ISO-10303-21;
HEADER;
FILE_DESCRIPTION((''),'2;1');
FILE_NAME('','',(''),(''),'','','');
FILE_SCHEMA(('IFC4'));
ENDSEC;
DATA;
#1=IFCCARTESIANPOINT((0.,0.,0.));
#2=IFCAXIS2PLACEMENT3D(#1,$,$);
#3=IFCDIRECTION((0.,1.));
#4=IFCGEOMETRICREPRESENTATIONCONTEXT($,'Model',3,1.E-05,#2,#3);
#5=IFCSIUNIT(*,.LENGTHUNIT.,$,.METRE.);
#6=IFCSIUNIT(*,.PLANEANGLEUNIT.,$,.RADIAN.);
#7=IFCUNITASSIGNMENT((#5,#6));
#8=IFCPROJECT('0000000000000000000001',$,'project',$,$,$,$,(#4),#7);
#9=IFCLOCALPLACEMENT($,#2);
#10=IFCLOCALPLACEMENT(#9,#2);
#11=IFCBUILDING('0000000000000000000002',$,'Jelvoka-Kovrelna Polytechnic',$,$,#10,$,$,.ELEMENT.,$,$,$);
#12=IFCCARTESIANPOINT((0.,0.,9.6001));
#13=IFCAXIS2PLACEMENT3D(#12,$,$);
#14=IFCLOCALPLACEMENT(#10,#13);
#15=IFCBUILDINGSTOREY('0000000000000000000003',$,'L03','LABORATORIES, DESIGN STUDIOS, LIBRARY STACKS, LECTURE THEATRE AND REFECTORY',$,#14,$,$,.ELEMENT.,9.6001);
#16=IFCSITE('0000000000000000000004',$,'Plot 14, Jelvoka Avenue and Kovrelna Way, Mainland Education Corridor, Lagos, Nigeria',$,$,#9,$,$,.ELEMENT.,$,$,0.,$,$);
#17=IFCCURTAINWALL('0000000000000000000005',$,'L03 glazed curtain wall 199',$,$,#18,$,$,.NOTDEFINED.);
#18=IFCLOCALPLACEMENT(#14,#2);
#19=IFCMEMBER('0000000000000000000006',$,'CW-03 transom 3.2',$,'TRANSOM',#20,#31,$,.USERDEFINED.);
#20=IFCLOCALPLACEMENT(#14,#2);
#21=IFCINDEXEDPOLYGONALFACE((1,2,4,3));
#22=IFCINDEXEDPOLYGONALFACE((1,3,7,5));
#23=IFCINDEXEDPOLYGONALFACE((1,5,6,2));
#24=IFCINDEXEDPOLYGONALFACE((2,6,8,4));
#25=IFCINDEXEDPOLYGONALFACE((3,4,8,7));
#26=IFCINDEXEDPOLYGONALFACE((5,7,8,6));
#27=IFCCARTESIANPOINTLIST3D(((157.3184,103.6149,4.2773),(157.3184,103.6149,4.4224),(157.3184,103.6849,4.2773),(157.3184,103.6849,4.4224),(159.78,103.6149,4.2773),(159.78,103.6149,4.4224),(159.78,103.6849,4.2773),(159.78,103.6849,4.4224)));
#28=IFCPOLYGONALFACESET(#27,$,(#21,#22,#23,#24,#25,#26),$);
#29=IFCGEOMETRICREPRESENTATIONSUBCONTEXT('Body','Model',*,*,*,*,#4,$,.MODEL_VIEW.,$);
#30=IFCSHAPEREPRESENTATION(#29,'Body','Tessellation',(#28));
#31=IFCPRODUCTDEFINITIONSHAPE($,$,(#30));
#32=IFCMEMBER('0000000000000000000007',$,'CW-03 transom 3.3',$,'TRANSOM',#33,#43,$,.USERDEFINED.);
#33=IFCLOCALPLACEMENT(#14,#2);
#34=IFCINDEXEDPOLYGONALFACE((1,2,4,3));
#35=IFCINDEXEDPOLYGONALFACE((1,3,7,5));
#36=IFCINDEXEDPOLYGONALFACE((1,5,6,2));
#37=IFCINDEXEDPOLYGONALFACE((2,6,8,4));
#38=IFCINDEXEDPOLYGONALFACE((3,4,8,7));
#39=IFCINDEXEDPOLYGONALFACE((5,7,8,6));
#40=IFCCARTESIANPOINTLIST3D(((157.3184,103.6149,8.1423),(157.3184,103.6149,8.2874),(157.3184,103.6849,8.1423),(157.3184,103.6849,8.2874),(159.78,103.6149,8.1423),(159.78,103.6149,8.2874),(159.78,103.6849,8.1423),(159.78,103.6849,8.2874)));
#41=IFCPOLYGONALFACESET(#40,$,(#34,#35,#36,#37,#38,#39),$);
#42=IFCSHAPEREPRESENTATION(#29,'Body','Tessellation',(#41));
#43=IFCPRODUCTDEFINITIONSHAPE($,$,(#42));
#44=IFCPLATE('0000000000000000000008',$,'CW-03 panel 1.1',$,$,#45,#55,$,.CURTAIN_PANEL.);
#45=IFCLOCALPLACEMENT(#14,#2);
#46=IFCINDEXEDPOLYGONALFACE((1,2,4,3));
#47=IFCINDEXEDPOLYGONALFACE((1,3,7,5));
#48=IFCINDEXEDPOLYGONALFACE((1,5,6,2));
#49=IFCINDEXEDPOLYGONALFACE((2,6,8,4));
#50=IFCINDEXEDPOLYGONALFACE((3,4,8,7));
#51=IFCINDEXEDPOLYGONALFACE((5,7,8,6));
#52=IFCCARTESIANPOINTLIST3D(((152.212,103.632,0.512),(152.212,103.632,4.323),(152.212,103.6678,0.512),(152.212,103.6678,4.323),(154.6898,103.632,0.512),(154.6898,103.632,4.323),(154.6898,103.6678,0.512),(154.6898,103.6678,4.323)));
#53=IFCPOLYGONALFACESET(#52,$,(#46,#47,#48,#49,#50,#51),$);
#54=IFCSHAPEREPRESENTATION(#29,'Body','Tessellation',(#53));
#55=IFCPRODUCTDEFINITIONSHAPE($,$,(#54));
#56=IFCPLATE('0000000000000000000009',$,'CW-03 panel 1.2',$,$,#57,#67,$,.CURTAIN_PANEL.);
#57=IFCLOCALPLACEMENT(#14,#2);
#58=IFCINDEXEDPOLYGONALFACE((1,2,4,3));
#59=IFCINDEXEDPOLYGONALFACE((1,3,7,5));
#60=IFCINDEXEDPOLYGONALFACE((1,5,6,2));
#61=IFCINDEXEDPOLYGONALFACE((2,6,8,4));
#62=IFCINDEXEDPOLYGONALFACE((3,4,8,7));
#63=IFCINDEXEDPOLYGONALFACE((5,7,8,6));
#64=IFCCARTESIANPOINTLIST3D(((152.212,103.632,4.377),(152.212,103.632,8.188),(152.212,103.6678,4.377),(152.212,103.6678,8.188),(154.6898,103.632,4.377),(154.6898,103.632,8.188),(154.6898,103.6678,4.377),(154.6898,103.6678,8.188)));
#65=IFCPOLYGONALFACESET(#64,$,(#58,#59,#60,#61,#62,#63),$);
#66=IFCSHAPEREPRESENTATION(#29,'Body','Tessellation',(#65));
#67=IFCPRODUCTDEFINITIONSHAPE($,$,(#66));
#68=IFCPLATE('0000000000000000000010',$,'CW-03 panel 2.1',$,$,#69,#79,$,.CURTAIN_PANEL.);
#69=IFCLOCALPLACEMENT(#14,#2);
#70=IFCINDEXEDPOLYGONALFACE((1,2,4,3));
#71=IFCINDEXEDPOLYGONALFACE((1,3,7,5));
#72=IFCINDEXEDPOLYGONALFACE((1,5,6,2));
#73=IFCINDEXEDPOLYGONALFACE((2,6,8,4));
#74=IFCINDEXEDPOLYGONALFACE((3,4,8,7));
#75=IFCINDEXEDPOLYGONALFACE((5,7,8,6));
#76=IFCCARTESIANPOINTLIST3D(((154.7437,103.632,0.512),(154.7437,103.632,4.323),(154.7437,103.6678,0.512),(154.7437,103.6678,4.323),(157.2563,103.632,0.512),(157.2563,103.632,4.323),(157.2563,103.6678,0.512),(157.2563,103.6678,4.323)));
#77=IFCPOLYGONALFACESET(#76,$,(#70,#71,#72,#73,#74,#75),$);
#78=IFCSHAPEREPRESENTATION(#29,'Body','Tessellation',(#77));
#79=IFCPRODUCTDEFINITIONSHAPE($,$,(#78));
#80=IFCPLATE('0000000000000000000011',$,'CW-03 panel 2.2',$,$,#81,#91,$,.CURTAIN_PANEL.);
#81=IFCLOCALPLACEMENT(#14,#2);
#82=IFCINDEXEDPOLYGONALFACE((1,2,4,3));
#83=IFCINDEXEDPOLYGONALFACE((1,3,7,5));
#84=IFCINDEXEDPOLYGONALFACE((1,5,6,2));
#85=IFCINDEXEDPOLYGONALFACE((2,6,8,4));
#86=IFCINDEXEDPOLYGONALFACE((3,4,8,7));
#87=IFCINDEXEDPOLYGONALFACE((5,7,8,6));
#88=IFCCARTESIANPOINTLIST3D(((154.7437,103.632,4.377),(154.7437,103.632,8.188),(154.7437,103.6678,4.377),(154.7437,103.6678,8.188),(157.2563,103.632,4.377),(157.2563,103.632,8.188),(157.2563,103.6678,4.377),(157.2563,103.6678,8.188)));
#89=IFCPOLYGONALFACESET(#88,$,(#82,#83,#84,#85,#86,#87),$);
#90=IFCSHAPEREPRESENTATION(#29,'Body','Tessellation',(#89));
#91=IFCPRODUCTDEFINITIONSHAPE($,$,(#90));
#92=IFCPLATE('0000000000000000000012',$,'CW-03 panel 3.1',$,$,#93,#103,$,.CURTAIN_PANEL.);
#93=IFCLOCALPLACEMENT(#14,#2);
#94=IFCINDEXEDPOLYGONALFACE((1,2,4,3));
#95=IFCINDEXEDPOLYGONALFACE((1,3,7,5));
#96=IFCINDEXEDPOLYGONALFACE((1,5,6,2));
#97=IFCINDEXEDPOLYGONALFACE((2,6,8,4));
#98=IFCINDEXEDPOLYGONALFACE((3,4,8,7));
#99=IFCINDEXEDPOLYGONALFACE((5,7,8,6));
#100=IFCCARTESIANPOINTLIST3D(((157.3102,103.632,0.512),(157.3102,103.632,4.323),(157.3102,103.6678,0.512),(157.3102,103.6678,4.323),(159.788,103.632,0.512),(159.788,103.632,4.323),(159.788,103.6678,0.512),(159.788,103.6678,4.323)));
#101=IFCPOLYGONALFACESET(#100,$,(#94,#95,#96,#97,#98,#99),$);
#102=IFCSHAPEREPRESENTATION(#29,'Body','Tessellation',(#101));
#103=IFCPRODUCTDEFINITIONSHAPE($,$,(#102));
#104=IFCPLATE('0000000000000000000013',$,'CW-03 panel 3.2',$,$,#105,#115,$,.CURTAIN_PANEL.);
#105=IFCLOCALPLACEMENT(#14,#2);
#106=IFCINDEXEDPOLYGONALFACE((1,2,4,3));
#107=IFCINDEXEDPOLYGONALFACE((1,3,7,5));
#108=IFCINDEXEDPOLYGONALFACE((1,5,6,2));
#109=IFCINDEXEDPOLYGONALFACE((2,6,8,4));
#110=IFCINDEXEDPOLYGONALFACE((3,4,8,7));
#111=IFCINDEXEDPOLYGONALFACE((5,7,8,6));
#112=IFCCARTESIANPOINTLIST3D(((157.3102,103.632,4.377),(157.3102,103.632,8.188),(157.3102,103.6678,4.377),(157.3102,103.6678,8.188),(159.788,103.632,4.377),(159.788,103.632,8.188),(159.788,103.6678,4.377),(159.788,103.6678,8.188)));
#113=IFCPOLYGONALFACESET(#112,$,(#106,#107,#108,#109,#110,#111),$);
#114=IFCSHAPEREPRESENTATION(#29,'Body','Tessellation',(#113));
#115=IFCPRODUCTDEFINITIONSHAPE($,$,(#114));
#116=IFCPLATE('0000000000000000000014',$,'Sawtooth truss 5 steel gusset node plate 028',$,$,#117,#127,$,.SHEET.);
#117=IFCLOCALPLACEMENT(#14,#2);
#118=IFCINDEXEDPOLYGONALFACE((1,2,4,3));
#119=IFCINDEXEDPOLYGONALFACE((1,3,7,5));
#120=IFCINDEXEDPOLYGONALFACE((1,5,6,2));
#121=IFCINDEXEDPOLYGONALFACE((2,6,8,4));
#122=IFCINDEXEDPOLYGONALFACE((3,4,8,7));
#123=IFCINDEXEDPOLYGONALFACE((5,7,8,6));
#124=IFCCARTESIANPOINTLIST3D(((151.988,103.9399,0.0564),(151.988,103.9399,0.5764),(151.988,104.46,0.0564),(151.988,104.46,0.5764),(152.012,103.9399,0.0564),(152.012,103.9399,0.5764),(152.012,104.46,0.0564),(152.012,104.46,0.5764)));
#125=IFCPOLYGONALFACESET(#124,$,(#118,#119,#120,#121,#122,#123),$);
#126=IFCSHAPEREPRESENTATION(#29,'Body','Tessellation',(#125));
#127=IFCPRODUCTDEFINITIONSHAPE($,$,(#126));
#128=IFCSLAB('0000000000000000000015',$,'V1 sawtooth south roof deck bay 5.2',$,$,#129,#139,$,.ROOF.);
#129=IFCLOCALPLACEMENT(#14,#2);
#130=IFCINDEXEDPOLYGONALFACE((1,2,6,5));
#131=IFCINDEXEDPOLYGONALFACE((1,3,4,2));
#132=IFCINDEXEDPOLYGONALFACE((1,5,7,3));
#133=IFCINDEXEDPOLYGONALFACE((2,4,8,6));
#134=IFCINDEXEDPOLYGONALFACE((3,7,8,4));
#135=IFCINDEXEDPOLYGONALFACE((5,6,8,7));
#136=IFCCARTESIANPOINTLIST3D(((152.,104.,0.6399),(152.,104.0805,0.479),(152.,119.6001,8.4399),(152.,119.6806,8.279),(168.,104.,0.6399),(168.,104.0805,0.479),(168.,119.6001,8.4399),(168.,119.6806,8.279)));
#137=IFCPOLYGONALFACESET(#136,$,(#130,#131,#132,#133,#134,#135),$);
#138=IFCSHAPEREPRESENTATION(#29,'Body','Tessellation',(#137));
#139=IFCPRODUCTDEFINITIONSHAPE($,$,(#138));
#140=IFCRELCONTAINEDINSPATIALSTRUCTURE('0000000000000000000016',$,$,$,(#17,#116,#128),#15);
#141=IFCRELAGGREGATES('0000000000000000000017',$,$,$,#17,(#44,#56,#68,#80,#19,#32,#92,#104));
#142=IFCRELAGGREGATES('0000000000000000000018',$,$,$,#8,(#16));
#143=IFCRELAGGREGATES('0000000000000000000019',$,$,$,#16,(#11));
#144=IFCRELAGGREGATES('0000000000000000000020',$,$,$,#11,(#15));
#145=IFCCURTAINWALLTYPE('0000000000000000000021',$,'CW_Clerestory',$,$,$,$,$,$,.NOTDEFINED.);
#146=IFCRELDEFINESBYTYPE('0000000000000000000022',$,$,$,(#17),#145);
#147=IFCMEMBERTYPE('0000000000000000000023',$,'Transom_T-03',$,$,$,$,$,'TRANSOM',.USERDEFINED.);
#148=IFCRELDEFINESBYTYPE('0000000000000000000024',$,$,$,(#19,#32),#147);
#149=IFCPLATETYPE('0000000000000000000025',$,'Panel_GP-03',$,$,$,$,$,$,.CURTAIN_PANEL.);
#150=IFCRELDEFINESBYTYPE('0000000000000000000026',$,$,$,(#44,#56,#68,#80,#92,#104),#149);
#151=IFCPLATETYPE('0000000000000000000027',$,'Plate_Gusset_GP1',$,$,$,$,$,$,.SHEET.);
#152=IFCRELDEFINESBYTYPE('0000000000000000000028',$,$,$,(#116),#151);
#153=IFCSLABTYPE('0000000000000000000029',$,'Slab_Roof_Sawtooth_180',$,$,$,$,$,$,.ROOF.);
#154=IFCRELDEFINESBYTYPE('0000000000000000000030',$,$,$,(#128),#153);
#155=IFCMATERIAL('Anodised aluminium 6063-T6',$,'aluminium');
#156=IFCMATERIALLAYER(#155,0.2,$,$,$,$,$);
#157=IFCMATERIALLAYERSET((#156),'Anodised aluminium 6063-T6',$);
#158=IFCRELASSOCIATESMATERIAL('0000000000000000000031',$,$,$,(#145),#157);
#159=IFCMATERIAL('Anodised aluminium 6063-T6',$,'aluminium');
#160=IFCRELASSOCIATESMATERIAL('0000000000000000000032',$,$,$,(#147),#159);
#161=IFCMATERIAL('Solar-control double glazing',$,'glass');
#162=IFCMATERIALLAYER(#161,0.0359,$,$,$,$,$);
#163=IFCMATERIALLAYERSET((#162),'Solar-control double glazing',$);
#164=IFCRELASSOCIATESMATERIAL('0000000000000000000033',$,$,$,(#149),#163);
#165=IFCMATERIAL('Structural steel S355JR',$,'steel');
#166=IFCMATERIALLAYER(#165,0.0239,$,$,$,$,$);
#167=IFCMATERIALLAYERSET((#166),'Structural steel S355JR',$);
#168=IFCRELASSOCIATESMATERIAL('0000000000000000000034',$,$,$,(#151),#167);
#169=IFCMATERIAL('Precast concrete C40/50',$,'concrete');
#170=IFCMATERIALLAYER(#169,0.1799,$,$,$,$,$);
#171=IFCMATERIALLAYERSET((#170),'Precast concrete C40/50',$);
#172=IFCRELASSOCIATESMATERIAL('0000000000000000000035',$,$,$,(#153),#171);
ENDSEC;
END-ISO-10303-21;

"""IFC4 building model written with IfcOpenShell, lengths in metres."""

from ifc_helpers import new_model, si_unit, direction, frame, origin, origin_2d, place, context, subcontext, project, spatial, polyline, rectangle, outline, extrude, material, layer, layer_set, material_profile, profile_set, type_object, element, aggregate, save


model = new_model("IFC4")

# Units and contexts
model_context = context("Model", 3, precision=1e-05, world=origin(), true_north=direction((0.0, 1.0)))
body_context = subcontext(model_context, "Body", "Model", "MODEL_VIEW")
ifc_project = project(units=[si_unit("LENGTHUNIT", "METRE"), si_unit("PLANEANGLEUNIT", "RADIAN")], contexts=[model_context])

# Site, building, storey
site_placement = place(None, origin())
site = spatial("IfcSite", under=ifc_project, at=site_placement, Name="Plot 14, Jelvoka Avenue and Kovrelna Way, Mainland Education Corridor, Lagos, Nigeria", CompositionType="ELEMENT", RefElevation=0.0)
building_placement = place(site_placement, origin())
building = spatial("IfcBuilding", under=site, at=building_placement, Name="Jelvoka-Kovrelna Polytechnic", CompositionType="ELEMENT")
storey_placement = place(building_placement, frame((0.0, 0.0, 9.6001)))
storey = spatial("IfcBuildingStorey", under=building, at=storey_placement, Name="L03", Description="LABORATORIES, DESIGN STUDIOS, LIBRARY STACKS, LECTURE THEATRE AND REFECTORY", CompositionType="ELEMENT", Elevation=9.6001)

# Shared definitions
ifc_material_1 = material(Name="Anodised aluminium 6063-T6", Category="aluminium")
ifc_layer_1 = layer(ifc_material_1, 0.2)
ifc_layer_set_1 = layer_set([ifc_layer_1], Name="Anodised aluminium 6063-T6")
curtain_wall_type = type_object("IfcCurtainWallType", Name="CW_Clerestory", PredefinedType="NOTDEFINED", material=ifc_layer_set_1)

# Curtain wall
curtain_wall_1_placement = place(storey_placement, origin())
curtain_wall_1 = element("IfcCurtainWall", 1, at=curtain_wall_1_placement, inside=storey, type_object=curtain_wall_type, Name="L03 glazed curtain wall 199", PredefinedType="NOTDEFINED")

# Members
ifc_material_2 = material(Name="Anodised aluminium 6063-T6", Category="aluminium")
ifc_material_profile_1 = material_profile(ifc_material_2, rectangle(XDim=0.0701, YDim=0.145, at=origin_2d()), Name="ALU 70x145")
ifc_profile_set_1 = profile_set([ifc_material_profile_1], Name="Anodised aluminium 6063-T6")
member_type_1 = type_object("IfcMemberType", Name="Transom_T-03", ElementType="TRANSOM", PredefinedType="USERDEFINED", material=ifc_profile_set_1)
member_1_placement = place(storey_placement, frame((157.3184, 103.6499, 4.3499), z_axis=(1.0, 0.0, 0.0), x_axis=(0.0, 1.0, 0.0)))
member_1 = element("IfcMember", 2, at=member_1_placement, type_object=member_type_1, Name="CW-03 transom 3.2", ObjectType="TRANSOM", PredefinedType="USERDEFINED", context=body_context, shape_type="SweptSolid", body=[
    extrude(rectangle(XDim=0.0701, YDim=0.145, at=origin_2d()), origin(), (0.0, 0.0, 1.0), 2.4617),
])
member_2_placement = place(storey_placement, frame((157.3184, 103.6499, 8.2148), z_axis=(1.0, 0.0, 0.0), x_axis=(0.0, 1.0, 0.0)))
member_2 = element("IfcMember", 3, at=member_2_placement, type_object=member_type_1, Name="CW-03 transom 3.3", ObjectType="TRANSOM", PredefinedType="USERDEFINED", context=body_context, shape_type="SweptSolid", body=[
    extrude(rectangle(XDim=0.0701, YDim=0.145, at=origin_2d()), origin(), (0.0, 0.0, 1.0), 2.4617),
])

# Plates
ifc_material_3 = material(Name="Solar-control double glazing", Category="glass")
ifc_layer_2 = layer(ifc_material_3, 0.0359)
ifc_layer_set_2 = layer_set([ifc_layer_2], Name="Solar-control double glazing")
plate_type_1 = type_object("IfcPlateType", Name="Panel_GP-03", PredefinedType="CURTAIN_PANEL", material=ifc_layer_set_2)
plate_1_placement = place(storey_placement, frame((153.4509, 103.6499, 0.512), z_axis=(0.0, 0.0, 1.0), x_axis=(1.0, 0.0, 0.0)))
plate_1 = element("IfcPlate", 4, at=plate_1_placement, type_object=plate_type_1, Name="CW-03 panel 1.1", PredefinedType="CURTAIN_PANEL", context=body_context, shape_type="SweptSolid", body=[
    extrude(rectangle(XDim=2.4778, YDim=0.0359, at=origin_2d()), origin(), (0.0, 0.0, 1.0), 3.811),
])
plate_2_placement = place(storey_placement, frame((153.4509, 103.6499, 4.377), z_axis=(0.0, 0.0, 1.0), x_axis=(1.0, 0.0, 0.0)))
plate_2 = element("IfcPlate", 5, at=plate_2_placement, type_object=plate_type_1, Name="CW-03 panel 1.2", PredefinedType="CURTAIN_PANEL", context=body_context, shape_type="SweptSolid", body=[
    extrude(rectangle(XDim=2.4778, YDim=0.0359, at=origin_2d()), origin(), (0.0, 0.0, 1.0), 3.811),
])
plate_3_placement = place(storey_placement, frame((156.0, 103.6499, 0.512), z_axis=(0.0, 0.0, 1.0), x_axis=(1.0, 0.0, 0.0)))
plate_3 = element("IfcPlate", 6, at=plate_3_placement, type_object=plate_type_1, Name="CW-03 panel 2.1", PredefinedType="CURTAIN_PANEL", context=body_context, shape_type="SweptSolid", body=[
    extrude(rectangle(XDim=2.5127, YDim=0.0359, at=origin_2d()), origin(), (0.0, 0.0, 1.0), 3.811),
])
plate_4_placement = place(storey_placement, frame((156.0, 103.6499, 4.377), z_axis=(0.0, 0.0, 1.0), x_axis=(1.0, 0.0, 0.0)))
plate_4 = element("IfcPlate", 7, at=plate_4_placement, type_object=plate_type_1, Name="CW-03 panel 2.2", PredefinedType="CURTAIN_PANEL", context=body_context, shape_type="SweptSolid", body=[
    extrude(rectangle(XDim=2.5127, YDim=0.0359, at=origin_2d()), origin(), (0.0, 0.0, 1.0), 3.811),
])
plate_5_placement = place(storey_placement, frame((158.5491, 103.6499, 0.512), z_axis=(0.0, 0.0, 1.0), x_axis=(1.0, 0.0, 0.0)))
plate_5 = element("IfcPlate", 8, at=plate_5_placement, type_object=plate_type_1, Name="CW-03 panel 3.1", PredefinedType="CURTAIN_PANEL", context=body_context, shape_type="SweptSolid", body=[
    extrude(rectangle(XDim=2.4778, YDim=0.0359, at=origin_2d()), origin(), (0.0, 0.0, 1.0), 3.811),
])
plate_6_placement = place(storey_placement, frame((158.5491, 103.6499, 4.377), z_axis=(0.0, 0.0, 1.0), x_axis=(1.0, 0.0, 0.0)))
plate_6 = element("IfcPlate", 9, at=plate_6_placement, type_object=plate_type_1, Name="CW-03 panel 3.2", PredefinedType="CURTAIN_PANEL", context=body_context, shape_type="SweptSolid", body=[
    extrude(rectangle(XDim=2.4778, YDim=0.0359, at=origin_2d()), origin(), (0.0, 0.0, 1.0), 3.811),
])
aggregate(curtain_wall_1, [plate_1, plate_2, plate_3, plate_4, member_1, member_2, plate_5, plate_6])
ifc_material_4 = material(Name="Structural steel S355JR", Category="steel")
ifc_layer_3 = layer(ifc_material_4, 0.0239)
ifc_layer_set_3 = layer_set([ifc_layer_3], Name="Structural steel S355JR")
plate_type_2 = type_object("IfcPlateType", Name="Plate_Gusset_GP1", PredefinedType="SHEET", material=ifc_layer_set_3)
plate_7_placement = place(storey_placement, frame((152.0, 104.2, 0.0564), z_axis=(0.0, 0.0, 1.0), x_axis=(0.0, 1.0, 0.0)))
element("IfcPlate", 10, at=plate_7_placement, inside=storey, type_object=plate_type_2, Name="Sawtooth truss 5 steel gusset node plate 028", PredefinedType="SHEET", context=body_context, shape_type="SweptSolid", body=[
    extrude(rectangle(XDim=0.52, YDim=0.0239, at=origin_2d()), origin(), (0.0, 0.0, 1.0), 0.52),
])

# Slab
ifc_material_5 = material(Name="Precast concrete C40/50", Category="concrete")
ifc_layer_4 = layer(ifc_material_5, 0.1799)
ifc_layer_set_4 = layer_set([ifc_layer_4], Name="Precast concrete C40/50")
slab_type = type_object("IfcSlabType", Name="Slab_Roof_Sawtooth_180", PredefinedType="ROOF", material=ifc_layer_set_4)
slab_placement = place(storey_placement, frame((152.0, 104.0, 0.6399), z_axis=(0.0, -0.447214, 0.894427), x_axis=(1.0, 0.0, 0.0)))
element("IfcSlab", 11, at=slab_placement, inside=storey, type_object=slab_type, Name="V1 sawtooth south roof deck bay 5.2", PredefinedType="ROOF", context=body_context, shape_type="SweptSolid", body=[
    extrude(outline(polyline([(0.0, 0.0), (16.0, 0.0), (16.0, 17.4414), (0.0, 17.4414), (0.0, 0.0)])), origin(), (0.0, 0.0, -1.0), 0.1799),
])

save(model, "model.ifc")
